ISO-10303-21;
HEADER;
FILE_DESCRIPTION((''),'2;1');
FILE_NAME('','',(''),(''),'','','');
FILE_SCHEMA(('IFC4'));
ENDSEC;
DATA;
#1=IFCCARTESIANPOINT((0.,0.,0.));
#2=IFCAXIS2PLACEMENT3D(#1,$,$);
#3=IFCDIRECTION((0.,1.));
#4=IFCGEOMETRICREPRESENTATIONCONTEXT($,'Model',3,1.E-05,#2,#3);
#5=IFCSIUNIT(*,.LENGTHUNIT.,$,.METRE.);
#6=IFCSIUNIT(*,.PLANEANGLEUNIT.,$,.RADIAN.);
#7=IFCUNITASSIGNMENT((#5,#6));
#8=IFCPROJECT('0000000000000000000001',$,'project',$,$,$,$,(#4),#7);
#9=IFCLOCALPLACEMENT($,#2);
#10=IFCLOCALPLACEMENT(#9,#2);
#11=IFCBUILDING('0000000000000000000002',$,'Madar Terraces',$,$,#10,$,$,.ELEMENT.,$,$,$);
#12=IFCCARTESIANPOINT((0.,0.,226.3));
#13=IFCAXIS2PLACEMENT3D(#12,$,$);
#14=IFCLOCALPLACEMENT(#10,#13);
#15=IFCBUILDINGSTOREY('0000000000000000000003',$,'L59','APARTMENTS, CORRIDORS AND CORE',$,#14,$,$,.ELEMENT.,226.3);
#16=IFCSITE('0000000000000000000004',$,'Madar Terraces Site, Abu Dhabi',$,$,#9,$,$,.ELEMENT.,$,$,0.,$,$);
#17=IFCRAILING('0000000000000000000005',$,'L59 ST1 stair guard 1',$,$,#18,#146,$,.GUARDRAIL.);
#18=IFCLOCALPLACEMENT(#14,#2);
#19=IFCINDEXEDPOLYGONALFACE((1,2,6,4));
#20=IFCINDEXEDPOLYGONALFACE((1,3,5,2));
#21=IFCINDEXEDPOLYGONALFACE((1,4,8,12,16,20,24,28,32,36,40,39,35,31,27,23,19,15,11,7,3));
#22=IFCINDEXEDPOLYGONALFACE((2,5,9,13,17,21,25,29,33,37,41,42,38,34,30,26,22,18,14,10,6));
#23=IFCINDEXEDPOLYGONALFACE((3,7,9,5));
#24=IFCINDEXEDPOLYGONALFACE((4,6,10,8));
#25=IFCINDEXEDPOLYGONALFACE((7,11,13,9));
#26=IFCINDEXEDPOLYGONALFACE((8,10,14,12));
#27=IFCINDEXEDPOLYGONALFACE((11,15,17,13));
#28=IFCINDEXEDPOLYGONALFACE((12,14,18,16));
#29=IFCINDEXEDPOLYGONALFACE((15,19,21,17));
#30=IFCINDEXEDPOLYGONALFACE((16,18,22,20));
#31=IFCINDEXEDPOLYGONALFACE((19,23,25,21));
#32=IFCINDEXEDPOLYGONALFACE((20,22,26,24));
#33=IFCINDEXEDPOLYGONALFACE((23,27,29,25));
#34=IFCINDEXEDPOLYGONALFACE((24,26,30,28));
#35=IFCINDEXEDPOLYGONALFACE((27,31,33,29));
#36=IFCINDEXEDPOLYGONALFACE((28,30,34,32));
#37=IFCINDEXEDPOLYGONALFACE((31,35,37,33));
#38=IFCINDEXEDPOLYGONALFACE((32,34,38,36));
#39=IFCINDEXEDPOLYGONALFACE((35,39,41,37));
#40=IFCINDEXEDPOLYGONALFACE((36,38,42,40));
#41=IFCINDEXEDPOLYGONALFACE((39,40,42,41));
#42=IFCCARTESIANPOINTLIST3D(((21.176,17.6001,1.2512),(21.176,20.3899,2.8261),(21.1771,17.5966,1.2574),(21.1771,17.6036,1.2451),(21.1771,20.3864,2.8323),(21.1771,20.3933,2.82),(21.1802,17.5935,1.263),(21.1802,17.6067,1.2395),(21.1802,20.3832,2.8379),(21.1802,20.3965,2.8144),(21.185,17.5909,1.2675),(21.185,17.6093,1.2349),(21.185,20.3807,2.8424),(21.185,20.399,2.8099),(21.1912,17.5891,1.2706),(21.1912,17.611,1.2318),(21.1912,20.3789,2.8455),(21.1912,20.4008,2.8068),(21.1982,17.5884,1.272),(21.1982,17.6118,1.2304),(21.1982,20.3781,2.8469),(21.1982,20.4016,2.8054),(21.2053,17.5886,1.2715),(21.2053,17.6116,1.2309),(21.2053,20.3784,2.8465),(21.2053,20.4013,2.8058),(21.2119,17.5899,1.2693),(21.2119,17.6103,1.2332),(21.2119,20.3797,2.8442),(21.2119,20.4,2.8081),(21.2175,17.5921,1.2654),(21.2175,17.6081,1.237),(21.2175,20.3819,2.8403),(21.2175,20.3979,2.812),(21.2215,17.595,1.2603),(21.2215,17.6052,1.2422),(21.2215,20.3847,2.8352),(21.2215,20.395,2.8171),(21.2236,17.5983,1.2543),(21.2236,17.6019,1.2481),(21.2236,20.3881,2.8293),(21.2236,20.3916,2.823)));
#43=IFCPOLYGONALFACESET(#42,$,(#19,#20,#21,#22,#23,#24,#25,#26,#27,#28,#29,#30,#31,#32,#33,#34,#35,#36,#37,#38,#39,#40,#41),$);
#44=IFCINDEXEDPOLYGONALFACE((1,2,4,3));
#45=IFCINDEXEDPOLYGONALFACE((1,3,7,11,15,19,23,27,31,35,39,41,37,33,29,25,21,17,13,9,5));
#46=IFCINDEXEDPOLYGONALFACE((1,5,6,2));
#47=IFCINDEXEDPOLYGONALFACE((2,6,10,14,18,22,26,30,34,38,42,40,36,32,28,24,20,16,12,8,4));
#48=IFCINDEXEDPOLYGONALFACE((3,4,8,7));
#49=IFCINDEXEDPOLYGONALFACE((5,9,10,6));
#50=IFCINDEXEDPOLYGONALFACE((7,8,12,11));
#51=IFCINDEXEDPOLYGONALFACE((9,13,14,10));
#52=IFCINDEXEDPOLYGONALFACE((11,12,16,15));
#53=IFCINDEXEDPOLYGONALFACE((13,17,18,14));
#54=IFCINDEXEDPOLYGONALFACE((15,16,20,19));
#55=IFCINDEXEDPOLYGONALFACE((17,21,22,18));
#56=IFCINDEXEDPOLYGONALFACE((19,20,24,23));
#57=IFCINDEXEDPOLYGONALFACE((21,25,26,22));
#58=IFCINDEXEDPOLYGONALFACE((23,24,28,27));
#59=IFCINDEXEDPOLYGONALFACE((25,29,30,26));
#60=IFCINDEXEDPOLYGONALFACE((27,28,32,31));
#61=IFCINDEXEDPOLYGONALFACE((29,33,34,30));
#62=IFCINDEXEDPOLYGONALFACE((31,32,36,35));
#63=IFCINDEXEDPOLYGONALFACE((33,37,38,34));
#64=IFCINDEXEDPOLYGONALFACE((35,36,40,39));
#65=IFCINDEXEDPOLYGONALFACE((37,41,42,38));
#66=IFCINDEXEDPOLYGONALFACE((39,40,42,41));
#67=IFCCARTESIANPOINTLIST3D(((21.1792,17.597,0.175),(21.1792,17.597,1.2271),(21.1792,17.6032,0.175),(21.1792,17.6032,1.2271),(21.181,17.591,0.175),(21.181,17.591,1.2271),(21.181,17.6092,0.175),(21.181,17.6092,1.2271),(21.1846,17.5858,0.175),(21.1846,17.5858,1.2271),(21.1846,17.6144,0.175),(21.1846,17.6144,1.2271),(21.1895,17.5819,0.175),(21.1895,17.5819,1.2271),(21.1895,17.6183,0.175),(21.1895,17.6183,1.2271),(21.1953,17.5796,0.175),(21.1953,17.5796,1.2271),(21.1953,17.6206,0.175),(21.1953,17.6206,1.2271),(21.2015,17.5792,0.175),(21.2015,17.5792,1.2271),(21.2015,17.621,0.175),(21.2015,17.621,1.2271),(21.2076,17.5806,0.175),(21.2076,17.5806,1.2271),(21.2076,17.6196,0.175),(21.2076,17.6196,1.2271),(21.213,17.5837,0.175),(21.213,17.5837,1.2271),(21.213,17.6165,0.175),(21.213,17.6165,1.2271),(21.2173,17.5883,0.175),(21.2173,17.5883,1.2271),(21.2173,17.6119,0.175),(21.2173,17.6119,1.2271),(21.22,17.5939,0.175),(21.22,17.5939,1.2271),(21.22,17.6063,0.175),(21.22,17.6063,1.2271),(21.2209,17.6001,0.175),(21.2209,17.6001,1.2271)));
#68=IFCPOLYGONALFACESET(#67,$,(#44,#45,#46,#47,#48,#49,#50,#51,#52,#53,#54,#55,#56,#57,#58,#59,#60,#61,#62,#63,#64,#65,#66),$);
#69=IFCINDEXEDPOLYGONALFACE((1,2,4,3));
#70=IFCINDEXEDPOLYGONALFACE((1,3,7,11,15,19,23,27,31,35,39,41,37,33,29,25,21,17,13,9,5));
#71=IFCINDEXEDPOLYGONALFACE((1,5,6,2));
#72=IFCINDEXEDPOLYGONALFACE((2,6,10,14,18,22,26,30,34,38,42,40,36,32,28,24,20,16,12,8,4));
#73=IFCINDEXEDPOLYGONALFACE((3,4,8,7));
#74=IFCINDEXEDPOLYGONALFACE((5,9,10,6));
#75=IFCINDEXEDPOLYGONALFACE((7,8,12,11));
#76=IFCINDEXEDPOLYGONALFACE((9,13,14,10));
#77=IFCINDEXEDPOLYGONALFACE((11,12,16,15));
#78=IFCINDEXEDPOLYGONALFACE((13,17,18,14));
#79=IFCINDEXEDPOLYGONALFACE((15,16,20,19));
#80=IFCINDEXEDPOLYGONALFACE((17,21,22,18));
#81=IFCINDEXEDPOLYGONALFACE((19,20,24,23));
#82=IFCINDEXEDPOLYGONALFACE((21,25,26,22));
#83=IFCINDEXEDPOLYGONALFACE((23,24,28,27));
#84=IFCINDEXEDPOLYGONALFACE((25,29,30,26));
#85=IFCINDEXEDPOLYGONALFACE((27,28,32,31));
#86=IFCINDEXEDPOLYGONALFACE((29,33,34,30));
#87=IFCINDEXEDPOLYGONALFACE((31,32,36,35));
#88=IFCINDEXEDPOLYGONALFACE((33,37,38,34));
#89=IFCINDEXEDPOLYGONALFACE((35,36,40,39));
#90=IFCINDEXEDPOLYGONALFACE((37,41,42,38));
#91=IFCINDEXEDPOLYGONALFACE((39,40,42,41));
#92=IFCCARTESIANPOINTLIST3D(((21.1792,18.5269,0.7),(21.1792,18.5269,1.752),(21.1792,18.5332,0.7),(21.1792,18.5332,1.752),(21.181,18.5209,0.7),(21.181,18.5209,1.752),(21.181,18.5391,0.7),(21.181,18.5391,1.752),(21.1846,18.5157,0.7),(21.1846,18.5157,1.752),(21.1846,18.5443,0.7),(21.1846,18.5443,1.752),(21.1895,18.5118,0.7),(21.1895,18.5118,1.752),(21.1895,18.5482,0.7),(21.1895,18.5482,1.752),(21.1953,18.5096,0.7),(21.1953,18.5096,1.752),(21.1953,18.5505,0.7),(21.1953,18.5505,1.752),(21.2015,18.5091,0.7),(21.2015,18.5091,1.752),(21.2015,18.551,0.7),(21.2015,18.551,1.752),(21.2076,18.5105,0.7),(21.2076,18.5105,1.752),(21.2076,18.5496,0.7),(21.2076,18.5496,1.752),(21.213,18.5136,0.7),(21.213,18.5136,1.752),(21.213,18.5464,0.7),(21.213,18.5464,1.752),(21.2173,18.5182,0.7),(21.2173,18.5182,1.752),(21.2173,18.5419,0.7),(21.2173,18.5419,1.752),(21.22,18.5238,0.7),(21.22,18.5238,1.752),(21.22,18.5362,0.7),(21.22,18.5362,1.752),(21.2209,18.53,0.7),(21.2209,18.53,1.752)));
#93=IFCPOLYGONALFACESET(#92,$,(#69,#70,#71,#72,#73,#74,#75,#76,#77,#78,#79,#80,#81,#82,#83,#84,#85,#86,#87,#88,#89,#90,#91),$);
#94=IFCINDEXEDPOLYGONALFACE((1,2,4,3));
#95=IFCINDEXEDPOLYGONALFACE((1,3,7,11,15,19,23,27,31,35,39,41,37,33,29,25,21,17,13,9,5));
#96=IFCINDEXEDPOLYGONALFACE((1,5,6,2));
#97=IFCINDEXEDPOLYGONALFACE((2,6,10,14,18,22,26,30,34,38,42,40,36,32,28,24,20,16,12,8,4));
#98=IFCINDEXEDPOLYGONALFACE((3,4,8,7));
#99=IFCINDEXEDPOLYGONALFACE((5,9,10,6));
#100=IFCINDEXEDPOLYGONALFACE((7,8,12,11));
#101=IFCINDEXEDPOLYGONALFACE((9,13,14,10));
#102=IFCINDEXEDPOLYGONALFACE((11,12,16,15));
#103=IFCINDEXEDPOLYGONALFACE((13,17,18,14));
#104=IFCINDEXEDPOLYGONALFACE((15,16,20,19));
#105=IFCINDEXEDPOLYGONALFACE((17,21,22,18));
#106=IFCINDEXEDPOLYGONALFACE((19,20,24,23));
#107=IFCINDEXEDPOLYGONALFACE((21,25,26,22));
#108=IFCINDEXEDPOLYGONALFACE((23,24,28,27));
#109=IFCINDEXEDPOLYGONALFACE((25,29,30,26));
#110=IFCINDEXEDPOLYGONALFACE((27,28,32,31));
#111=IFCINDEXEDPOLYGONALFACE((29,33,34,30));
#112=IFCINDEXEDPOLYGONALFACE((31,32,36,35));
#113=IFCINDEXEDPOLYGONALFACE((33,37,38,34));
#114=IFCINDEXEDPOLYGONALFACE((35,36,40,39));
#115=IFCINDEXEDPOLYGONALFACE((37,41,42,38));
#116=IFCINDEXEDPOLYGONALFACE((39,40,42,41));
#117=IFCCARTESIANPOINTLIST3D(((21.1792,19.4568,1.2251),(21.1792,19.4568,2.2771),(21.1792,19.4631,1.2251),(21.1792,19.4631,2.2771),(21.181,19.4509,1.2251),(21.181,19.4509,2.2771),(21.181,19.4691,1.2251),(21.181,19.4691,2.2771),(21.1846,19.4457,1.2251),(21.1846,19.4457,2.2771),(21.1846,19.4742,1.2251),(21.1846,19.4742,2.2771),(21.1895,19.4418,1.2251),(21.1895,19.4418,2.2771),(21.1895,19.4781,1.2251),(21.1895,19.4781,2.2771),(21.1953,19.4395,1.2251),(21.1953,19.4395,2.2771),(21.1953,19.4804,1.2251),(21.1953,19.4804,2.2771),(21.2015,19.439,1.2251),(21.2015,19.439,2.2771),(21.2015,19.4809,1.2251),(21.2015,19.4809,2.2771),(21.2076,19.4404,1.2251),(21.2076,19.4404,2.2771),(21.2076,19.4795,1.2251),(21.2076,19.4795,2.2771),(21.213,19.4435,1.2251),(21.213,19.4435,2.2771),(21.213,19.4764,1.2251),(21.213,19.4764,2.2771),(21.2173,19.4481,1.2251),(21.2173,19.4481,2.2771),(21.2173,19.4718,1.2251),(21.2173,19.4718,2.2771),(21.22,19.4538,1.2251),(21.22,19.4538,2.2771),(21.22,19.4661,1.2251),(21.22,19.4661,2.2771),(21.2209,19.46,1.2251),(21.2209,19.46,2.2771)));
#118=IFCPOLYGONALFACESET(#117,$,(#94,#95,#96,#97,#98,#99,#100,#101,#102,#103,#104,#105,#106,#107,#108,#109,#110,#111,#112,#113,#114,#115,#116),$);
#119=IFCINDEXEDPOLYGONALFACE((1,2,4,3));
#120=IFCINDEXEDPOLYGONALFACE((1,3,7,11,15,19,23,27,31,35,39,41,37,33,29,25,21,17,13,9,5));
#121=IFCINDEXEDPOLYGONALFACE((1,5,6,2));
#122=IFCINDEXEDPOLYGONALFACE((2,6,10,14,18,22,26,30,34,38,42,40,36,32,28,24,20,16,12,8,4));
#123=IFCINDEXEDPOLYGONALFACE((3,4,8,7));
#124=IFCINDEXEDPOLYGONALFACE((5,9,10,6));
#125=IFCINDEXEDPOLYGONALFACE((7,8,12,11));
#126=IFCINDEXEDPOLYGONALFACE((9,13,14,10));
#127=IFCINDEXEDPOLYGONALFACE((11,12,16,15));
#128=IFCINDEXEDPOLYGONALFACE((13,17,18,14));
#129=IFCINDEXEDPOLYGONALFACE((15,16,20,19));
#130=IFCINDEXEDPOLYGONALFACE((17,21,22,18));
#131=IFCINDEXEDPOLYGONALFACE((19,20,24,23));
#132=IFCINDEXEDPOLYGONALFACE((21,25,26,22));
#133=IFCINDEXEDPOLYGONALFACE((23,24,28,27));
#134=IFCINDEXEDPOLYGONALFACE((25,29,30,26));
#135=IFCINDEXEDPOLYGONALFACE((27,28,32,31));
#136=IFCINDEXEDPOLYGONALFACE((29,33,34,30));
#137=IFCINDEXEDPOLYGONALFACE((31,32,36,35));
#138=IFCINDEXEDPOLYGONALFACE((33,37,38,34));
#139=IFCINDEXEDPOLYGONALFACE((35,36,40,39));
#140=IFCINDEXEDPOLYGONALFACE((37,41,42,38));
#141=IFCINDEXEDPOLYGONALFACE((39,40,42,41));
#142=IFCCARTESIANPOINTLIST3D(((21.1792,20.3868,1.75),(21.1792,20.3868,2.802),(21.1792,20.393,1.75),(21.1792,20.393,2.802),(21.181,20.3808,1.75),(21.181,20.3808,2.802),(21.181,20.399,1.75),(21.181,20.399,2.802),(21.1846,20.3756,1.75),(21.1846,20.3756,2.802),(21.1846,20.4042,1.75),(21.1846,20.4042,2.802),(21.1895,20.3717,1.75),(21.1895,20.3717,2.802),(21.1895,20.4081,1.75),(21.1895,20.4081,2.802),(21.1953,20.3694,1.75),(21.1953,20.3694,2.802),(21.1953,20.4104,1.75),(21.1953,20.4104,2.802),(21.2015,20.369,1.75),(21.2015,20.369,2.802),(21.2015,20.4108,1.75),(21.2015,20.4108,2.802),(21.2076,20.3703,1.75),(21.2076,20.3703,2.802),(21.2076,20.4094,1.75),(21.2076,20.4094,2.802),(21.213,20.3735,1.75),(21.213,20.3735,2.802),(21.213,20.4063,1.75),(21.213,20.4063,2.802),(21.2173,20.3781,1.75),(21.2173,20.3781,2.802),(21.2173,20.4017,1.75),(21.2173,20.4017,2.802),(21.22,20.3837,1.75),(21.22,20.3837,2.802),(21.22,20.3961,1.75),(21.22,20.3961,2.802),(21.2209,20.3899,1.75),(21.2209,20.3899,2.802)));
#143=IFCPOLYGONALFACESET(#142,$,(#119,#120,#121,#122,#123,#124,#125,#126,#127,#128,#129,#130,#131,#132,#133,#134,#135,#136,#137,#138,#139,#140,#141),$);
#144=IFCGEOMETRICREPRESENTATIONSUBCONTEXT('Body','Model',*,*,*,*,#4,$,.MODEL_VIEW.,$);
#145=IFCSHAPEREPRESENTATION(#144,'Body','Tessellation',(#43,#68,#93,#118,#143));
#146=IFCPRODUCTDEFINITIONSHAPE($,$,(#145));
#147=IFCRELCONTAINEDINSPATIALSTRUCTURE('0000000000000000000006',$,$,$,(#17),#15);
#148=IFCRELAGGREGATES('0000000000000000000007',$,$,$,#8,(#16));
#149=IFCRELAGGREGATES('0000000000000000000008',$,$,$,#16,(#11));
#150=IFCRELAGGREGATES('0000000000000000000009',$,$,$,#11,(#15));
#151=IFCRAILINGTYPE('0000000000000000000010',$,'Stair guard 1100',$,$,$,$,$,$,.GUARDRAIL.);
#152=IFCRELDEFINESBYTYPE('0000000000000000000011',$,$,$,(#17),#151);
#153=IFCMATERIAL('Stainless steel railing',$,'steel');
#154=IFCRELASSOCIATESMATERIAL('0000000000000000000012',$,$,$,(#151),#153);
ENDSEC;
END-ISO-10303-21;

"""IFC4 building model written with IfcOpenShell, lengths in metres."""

from ifc_helpers import new_model, si_unit, direction, frame, origin, origin_2d, place, context, subcontext, project, spatial, circle, extrude, material, type_object, element, save


model = new_model("IFC4")

# Units and contexts
model_context = context("Model", 3, precision=1e-05, world=origin(), true_north=direction((0.0, 1.0)))
body_context = subcontext(model_context, "Body", "Model", "MODEL_VIEW")
ifc_project = project(units=[si_unit("LENGTHUNIT", "METRE"), si_unit("PLANEANGLEUNIT", "RADIAN")], contexts=[model_context])

# Site, building, storey
site_placement = place(None, origin())
site = spatial("IfcSite", under=ifc_project, at=site_placement, Name="Madar Terraces Site, Abu Dhabi", CompositionType="ELEMENT", RefElevation=0.0)
building_placement = place(site_placement, origin())
building = spatial("IfcBuilding", under=site, at=building_placement, Name="Madar Terraces", CompositionType="ELEMENT")
storey_placement = place(building_placement, frame((0.0, 0.0, 226.3)))
storey = spatial("IfcBuildingStorey", under=building, at=storey_placement, Name="L59", Description="APARTMENTS, CORRIDORS AND CORE", CompositionType="ELEMENT", Elevation=226.3)

# Railing
ifc_material_1 = material(Name="Stainless steel railing", Category="steel")
railing_type_1 = type_object("IfcRailingType", Name="Stair guard 1100", PredefinedType="GUARDRAIL", material=ifc_material_1)
railing_1_placement = place(storey_placement, frame((21.2, 17.6001, 0.175)))
element("IfcRailing", 1, at=railing_1_placement, inside=storey, type_object=railing_type_1, Name="L59 ST1 stair guard 1", PredefinedType="GUARDRAIL", context=body_context, shape_type="SweptSolid", body=[
    extrude(circle(Radius=0.0239, at=origin_2d()), frame((0.0, 0.0, 1.0762), z_axis=(0.0, 0.870815, 0.49161), x_axis=(-1.0, 0.0, 0.0)), (0.0, 0.0, 1.0), 3.2036),
    extrude(circle(Radius=0.021, at=origin_2d()), origin(), (0.0, 0.0, 1.0), 1.052),
    extrude(circle(Radius=0.021, at=origin_2d()), frame((0.0, 0.9299, 0.5249)), (0.0, 0.0, 1.0), 1.052),
    extrude(circle(Radius=0.021, at=origin_2d()), frame((0.0, 1.8599, 1.05)), (0.0, 0.0, 1.0), 1.052),
    extrude(circle(Radius=0.021, at=origin_2d()), frame((0.0, 2.7898, 1.575)), (0.0, 0.0, 1.0), 1.052),
])

save(model, "model.ifc")
